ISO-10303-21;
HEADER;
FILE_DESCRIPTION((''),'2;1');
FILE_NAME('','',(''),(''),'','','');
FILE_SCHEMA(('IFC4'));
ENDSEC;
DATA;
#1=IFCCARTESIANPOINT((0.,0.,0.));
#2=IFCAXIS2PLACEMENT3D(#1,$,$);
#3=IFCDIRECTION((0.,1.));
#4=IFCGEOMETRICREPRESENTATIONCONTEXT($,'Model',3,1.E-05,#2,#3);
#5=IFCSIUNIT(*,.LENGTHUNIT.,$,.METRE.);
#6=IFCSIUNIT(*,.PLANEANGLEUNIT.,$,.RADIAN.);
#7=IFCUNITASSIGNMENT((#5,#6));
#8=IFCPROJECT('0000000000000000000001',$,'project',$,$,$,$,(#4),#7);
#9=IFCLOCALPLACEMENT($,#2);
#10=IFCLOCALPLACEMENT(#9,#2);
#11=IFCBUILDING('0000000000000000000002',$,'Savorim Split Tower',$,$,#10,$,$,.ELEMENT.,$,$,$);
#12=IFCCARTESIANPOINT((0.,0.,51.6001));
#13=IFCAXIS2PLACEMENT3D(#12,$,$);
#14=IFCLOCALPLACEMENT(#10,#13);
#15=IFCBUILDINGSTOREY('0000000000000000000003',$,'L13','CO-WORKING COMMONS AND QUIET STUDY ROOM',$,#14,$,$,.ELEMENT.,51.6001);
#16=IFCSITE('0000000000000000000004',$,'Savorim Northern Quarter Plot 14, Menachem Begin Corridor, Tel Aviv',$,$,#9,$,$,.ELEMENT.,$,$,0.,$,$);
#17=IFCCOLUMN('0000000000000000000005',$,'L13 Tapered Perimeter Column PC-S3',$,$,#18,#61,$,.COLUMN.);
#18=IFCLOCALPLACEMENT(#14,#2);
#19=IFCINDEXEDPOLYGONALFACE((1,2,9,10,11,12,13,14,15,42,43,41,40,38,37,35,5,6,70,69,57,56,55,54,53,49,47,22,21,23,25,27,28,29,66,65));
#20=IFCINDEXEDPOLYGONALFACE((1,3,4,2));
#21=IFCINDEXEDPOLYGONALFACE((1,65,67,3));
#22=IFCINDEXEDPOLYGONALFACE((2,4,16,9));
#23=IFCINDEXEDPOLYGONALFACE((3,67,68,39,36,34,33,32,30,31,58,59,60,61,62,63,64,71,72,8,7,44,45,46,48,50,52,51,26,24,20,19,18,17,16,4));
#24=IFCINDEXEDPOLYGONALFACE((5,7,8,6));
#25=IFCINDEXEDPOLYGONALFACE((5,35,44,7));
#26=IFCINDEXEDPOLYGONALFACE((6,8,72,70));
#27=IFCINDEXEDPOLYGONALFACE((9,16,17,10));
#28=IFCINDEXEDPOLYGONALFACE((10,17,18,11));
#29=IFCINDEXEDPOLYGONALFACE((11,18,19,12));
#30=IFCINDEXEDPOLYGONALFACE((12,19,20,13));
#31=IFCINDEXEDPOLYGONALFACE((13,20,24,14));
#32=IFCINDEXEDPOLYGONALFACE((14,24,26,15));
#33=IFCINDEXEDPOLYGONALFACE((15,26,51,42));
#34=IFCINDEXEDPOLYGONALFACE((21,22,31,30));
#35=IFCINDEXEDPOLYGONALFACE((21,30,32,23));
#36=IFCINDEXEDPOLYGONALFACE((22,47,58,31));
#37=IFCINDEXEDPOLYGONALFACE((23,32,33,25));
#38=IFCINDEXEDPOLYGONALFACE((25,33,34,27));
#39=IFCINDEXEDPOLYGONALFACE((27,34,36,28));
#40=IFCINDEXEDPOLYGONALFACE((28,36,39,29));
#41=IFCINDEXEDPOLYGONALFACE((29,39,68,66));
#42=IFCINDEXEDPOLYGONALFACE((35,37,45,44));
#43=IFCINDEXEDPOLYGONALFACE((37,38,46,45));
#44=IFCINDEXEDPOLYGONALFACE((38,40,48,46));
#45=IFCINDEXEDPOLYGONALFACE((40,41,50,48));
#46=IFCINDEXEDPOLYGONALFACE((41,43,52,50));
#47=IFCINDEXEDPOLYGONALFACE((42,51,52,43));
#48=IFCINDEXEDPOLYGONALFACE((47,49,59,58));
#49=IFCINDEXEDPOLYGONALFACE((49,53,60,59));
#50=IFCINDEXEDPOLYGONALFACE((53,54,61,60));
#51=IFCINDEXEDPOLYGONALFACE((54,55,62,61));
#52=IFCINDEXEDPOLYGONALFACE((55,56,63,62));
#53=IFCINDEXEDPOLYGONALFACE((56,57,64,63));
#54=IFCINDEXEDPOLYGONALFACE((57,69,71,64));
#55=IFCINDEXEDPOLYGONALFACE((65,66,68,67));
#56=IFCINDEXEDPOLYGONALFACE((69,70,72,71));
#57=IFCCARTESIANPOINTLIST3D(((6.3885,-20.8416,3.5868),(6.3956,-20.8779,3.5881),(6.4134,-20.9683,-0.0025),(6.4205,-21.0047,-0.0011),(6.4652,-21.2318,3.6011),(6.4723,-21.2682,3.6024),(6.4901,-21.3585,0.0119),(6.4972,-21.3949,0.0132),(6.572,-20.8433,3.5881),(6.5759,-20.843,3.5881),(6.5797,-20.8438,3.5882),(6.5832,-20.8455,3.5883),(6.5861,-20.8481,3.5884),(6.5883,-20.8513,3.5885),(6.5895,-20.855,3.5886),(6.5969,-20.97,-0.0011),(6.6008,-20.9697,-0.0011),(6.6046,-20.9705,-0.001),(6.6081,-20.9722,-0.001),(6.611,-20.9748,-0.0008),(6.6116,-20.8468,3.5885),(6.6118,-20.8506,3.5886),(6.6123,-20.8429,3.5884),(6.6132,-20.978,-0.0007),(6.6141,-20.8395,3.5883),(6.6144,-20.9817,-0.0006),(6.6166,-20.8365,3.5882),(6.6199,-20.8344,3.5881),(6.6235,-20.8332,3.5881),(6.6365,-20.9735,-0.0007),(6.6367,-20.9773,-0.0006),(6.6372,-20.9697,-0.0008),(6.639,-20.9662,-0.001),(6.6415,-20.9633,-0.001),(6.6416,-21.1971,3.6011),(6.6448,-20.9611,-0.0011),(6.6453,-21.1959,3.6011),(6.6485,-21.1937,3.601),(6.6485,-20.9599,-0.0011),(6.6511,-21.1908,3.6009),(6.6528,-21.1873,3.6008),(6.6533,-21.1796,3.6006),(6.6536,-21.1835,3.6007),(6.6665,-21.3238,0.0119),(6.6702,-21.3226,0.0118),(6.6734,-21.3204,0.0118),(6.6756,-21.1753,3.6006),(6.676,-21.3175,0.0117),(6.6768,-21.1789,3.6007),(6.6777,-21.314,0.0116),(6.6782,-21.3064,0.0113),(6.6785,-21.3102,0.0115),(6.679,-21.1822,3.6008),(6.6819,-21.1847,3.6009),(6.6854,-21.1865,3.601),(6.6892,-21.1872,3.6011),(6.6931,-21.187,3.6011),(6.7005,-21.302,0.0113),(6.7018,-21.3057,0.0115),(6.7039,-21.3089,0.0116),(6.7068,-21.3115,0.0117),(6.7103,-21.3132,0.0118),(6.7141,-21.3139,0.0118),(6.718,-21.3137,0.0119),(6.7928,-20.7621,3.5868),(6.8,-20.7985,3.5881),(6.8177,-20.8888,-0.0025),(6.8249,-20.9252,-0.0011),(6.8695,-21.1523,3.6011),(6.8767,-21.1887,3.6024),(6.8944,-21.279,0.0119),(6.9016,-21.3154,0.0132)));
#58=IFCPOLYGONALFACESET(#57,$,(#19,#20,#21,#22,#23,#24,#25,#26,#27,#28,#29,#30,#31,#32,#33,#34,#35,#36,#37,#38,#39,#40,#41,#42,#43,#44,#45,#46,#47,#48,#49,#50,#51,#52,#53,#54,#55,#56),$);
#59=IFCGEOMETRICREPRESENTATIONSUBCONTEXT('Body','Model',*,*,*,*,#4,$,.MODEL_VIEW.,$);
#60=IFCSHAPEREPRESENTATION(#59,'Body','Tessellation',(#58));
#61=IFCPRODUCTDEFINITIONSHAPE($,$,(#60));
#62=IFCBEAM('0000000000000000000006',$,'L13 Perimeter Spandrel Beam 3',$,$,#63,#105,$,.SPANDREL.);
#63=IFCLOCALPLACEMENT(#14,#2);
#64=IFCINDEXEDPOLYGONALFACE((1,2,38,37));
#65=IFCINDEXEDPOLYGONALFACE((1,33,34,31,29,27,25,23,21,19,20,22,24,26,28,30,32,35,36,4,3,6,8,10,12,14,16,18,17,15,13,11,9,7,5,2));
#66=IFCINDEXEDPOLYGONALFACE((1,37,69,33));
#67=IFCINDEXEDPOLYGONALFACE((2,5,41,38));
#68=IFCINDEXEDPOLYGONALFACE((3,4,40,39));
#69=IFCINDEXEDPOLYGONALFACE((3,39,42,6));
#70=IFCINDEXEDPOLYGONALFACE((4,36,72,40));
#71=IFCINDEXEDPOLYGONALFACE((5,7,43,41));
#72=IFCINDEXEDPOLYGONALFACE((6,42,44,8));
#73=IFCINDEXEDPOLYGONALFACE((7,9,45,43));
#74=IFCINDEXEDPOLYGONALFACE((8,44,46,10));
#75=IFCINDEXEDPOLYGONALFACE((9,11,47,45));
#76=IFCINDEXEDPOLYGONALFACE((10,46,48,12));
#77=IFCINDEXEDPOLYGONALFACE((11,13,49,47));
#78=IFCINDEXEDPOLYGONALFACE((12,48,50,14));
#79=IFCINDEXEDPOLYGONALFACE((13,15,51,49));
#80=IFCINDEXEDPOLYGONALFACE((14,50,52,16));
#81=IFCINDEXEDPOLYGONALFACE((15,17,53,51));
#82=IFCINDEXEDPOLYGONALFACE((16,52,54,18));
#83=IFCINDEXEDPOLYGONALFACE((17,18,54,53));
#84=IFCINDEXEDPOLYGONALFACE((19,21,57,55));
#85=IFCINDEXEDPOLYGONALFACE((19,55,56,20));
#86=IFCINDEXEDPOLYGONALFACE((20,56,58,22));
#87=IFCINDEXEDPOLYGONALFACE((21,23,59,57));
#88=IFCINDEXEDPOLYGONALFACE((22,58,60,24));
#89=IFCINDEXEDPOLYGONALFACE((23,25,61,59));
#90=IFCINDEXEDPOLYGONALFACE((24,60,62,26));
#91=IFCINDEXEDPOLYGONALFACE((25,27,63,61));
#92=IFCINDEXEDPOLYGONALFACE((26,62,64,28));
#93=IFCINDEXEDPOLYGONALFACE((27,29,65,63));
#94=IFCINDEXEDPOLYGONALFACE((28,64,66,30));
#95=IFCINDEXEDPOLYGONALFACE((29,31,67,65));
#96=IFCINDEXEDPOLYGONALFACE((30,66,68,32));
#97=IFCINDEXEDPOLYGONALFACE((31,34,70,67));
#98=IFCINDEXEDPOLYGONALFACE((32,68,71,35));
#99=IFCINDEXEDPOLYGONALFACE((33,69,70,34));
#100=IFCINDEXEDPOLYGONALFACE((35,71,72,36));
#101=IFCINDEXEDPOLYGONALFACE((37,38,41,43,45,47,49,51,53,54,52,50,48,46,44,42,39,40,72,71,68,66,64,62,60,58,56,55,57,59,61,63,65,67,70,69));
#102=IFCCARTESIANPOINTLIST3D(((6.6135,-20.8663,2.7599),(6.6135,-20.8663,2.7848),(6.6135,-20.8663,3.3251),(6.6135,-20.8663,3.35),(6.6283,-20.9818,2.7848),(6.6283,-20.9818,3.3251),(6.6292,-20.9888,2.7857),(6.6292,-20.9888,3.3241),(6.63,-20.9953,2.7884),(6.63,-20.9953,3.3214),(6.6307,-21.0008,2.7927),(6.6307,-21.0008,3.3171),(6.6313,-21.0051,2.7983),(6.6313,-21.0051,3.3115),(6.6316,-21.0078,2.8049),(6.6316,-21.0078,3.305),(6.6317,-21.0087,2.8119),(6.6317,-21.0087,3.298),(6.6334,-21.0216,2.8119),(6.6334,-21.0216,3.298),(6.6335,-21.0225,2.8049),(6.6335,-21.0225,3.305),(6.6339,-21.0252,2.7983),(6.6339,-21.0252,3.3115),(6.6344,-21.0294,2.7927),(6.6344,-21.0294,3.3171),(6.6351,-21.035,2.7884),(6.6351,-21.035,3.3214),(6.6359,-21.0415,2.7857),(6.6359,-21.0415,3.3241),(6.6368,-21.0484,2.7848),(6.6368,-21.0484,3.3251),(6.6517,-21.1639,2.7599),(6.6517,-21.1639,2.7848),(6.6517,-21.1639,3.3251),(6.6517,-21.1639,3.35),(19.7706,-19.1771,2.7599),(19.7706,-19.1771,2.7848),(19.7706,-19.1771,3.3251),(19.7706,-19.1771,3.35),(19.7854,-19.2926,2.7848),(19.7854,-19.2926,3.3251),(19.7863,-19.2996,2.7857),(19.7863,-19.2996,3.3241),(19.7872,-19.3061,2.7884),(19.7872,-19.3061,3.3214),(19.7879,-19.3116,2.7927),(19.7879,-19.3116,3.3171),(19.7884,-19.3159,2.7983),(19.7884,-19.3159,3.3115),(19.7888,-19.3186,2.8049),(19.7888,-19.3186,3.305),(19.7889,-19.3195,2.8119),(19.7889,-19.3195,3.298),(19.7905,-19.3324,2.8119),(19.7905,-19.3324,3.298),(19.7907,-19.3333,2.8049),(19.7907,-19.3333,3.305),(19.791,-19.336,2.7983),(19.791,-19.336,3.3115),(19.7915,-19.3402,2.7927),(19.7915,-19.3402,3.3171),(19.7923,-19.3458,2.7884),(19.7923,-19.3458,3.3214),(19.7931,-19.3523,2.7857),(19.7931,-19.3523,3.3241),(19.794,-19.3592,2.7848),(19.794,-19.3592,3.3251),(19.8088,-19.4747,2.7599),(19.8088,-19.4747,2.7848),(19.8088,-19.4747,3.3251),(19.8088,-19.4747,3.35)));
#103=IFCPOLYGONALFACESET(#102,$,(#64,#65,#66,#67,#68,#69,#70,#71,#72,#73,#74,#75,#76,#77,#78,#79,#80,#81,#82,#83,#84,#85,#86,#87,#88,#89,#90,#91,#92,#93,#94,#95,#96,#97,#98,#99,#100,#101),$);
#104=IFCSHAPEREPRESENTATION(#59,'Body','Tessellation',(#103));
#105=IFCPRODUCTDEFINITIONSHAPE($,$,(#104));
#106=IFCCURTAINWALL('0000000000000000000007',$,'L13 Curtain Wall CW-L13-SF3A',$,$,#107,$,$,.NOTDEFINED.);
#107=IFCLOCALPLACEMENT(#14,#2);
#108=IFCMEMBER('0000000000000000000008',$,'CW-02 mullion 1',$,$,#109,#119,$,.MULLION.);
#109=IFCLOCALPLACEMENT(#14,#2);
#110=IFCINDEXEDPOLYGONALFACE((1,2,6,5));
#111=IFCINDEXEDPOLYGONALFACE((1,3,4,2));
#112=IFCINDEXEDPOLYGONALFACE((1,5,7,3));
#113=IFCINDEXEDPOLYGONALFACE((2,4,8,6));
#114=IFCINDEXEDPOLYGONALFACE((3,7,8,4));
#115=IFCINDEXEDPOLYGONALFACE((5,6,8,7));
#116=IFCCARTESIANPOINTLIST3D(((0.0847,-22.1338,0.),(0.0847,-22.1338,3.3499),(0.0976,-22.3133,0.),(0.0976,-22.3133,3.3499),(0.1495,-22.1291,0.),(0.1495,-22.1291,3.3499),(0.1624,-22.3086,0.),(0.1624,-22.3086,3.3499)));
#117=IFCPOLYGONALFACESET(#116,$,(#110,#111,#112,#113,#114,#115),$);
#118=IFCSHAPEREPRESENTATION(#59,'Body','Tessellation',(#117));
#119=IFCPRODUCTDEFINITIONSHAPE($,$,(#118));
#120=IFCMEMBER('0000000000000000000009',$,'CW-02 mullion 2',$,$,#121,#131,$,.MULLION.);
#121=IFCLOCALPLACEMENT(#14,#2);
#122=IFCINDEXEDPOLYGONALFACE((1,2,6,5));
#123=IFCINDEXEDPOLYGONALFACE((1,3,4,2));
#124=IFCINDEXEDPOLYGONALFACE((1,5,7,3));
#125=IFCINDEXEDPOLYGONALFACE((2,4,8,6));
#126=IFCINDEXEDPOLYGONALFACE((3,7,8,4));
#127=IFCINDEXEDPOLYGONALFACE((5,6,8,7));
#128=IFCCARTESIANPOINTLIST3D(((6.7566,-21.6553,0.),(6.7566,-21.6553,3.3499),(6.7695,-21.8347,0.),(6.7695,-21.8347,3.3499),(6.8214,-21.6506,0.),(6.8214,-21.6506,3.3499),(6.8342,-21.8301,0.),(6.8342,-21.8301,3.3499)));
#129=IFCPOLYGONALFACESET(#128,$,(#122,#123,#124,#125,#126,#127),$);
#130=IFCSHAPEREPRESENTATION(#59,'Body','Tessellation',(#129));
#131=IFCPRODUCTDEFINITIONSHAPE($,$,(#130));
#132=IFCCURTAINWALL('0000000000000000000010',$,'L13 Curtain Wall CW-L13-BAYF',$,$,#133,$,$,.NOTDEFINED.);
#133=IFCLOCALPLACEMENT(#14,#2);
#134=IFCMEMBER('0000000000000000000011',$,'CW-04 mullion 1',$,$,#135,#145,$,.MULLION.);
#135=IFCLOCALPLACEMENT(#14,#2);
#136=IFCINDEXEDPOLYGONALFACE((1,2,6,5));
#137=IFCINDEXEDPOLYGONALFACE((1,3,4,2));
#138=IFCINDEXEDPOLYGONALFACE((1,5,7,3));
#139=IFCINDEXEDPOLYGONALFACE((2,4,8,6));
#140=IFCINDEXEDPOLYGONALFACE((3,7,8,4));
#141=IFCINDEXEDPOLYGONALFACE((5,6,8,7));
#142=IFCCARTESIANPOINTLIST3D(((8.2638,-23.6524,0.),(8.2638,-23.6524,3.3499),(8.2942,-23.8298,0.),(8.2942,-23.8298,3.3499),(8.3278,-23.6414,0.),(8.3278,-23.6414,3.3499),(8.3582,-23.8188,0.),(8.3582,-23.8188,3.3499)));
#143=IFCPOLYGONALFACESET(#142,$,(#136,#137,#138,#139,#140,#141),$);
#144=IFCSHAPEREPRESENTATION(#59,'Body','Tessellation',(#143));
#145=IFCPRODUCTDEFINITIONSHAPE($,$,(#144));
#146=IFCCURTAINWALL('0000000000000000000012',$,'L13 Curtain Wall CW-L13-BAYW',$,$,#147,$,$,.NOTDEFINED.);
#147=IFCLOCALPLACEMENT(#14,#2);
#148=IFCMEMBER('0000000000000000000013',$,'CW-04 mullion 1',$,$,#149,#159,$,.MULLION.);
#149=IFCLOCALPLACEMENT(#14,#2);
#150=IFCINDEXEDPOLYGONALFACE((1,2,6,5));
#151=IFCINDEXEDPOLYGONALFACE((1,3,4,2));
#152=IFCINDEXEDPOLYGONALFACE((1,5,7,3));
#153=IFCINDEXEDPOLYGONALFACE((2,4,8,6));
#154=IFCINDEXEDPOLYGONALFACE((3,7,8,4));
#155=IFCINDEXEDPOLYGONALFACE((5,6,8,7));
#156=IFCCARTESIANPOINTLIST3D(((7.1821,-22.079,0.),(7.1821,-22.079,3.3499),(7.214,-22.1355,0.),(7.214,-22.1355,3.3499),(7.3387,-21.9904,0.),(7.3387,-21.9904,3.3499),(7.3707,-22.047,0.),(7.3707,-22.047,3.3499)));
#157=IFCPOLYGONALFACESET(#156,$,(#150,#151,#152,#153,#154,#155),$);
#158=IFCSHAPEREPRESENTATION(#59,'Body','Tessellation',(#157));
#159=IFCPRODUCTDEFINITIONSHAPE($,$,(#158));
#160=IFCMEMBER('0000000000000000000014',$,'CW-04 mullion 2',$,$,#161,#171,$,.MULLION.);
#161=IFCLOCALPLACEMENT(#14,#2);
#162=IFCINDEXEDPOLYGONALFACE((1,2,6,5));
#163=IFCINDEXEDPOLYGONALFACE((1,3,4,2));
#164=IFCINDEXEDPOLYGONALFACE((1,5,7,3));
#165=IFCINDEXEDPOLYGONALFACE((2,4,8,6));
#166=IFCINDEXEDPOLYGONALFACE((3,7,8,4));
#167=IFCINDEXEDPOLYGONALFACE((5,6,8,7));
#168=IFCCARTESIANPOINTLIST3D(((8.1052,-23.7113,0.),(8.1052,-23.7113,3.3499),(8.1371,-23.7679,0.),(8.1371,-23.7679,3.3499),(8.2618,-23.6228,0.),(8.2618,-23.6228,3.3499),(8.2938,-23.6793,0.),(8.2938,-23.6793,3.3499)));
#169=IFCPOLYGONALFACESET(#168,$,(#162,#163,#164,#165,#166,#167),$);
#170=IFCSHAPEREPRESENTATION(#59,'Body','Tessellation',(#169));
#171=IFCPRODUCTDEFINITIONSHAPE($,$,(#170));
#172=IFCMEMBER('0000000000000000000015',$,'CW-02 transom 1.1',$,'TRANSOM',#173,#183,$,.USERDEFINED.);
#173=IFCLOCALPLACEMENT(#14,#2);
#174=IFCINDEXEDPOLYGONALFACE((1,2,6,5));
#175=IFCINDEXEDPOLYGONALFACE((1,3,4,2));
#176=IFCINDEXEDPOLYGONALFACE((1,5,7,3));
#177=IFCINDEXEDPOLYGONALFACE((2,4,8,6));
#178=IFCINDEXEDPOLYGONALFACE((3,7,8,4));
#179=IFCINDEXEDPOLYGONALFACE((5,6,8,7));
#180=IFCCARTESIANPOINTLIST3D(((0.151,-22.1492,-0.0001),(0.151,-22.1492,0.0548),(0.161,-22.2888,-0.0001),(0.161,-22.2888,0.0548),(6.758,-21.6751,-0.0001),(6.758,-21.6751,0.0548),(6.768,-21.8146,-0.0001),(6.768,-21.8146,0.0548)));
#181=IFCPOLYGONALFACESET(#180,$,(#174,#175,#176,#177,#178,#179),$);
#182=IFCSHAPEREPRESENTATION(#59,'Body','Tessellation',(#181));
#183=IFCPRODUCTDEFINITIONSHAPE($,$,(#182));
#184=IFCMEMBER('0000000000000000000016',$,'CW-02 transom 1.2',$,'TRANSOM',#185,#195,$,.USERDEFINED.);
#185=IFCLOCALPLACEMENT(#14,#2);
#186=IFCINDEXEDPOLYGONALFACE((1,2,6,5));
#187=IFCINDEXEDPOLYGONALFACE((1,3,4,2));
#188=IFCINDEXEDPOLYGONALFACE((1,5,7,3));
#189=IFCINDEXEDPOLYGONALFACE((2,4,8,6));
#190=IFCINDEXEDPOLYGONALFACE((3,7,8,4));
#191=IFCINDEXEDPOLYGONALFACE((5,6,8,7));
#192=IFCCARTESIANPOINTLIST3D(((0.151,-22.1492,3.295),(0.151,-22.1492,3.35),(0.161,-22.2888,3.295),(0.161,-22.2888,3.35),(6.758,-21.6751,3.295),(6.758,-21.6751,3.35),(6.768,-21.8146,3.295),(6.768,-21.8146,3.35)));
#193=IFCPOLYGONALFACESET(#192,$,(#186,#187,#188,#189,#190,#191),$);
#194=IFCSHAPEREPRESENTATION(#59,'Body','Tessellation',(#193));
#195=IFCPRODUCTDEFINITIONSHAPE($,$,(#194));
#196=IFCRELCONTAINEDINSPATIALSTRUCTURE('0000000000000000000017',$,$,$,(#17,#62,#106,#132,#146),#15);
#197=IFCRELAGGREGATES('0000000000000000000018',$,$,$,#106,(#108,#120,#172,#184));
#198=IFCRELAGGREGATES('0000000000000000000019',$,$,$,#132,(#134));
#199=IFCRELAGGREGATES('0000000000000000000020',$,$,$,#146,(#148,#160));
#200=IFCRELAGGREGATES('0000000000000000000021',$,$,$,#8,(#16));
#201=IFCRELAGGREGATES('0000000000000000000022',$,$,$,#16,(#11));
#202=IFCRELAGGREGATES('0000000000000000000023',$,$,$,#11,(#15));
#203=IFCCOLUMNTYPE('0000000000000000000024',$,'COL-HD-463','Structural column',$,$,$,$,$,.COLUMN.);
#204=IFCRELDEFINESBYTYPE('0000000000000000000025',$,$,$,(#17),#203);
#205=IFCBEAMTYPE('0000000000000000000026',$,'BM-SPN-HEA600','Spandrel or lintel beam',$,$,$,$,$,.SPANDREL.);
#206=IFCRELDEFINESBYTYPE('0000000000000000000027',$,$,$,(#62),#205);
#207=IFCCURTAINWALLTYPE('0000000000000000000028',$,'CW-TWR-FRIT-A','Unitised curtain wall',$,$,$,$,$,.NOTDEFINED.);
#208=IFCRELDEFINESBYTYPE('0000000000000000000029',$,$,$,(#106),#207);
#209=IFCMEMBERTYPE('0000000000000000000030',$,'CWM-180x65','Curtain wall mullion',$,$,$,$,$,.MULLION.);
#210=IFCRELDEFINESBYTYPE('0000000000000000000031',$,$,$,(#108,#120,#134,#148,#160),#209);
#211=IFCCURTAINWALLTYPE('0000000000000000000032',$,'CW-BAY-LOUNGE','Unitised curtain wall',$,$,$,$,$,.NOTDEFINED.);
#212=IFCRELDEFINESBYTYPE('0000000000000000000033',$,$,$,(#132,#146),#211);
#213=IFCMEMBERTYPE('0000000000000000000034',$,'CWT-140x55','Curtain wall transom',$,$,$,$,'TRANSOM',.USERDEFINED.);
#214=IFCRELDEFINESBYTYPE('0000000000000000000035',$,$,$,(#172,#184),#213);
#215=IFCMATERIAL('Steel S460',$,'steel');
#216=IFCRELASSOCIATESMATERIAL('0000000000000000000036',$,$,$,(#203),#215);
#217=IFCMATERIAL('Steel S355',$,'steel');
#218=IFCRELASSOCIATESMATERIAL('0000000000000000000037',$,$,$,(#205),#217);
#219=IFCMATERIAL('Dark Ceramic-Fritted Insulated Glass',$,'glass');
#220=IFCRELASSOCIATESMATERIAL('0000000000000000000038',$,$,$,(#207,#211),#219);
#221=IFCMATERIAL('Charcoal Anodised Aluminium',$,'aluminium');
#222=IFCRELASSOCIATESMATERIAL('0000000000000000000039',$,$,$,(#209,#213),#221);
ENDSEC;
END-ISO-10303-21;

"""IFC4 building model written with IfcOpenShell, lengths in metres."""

from ifc_helpers import new_model, si_unit, direction, frame, origin, origin_2d, place, context, subcontext, project, spatial, rectangle, i_section, extrude, material, material_profile, profile_set, type_object, element, aggregate, save


model = new_model("IFC4")

# Units and contexts
model_context = context("Model", 3, precision=1e-05, world=origin(), true_north=direction((0.0, 1.0)))
body_context = subcontext(model_context, "Body", "Model", "MODEL_VIEW")
ifc_project = project(units=[si_unit("LENGTHUNIT", "METRE"), si_unit("PLANEANGLEUNIT", "RADIAN")], contexts=[model_context])

# Site, building, storey
site_placement = place(None, origin())
site = spatial("IfcSite", under=ifc_project, at=site_placement, Name="Savorim Northern Quarter Plot 14, Menachem Begin Corridor, Tel Aviv", CompositionType="ELEMENT", RefElevation=0.0)
building_placement = place(site_placement, origin())
building = spatial("IfcBuilding", under=site, at=building_placement, Name="Savorim Split Tower", CompositionType="ELEMENT")
storey_placement = place(building_placement, frame((0.0, 0.0, 51.6001)))
storey = spatial("IfcBuildingStorey", under=building, at=storey_placement, Name="L13", Description="CO-WORKING COMMONS AND QUIET STUDY ROOM", CompositionType="ELEMENT", Elevation=51.6001)

# Column
ifc_material_1 = material(Name="Steel S460", Category="steel")
ifc_material_profile_1 = material_profile(ifc_material_1, i_section(OverallWidth=0.4121, OverallDepth=0.4351, WebThickness=0.0227, FlangeThickness=0.0371, FilletRadius=0.0149, at=origin_2d()), Name="HD 400x463")
ifc_profile_set_1 = profile_set([ifc_material_profile_1], Name="Steel S460")
column_type = type_object("IfcColumnType", Name="COL-HD-463", Description="Structural column", PredefinedType="COLUMN", material=ifc_profile_set_1)
column_placement = place(storey_placement, frame((6.6575, -21.1418, 0.0054), z_axis=(-0.006934, 0.035281, 0.999353), x_axis=(-0.98123, -0.192843, 0.0)))
element("IfcColumn", 1, at=column_placement, inside=storey, type_object=column_type, Name="L13 Tapered Perimeter Column PC-S3", PredefinedType="COLUMN", context=body_context, shape_type="SweptSolid", body=[
    extrude(i_section(OverallWidth=0.4121, OverallDepth=0.4351, WebThickness=0.0227, FlangeThickness=0.0371, FilletRadius=0.0149, at=origin_2d()), origin(), (0.0, 0.0, 1.0), 3.5916),
])

# Beam
ifc_material_2 = material(Name="Steel S355", Category="steel")
ifc_material_profile_2 = material_profile(ifc_material_2, i_section(OverallWidth=0.3, OverallDepth=0.5901, WebThickness=0.0129, FlangeThickness=0.0249, FilletRadius=0.0271, at=origin_2d()), Name="HEA 600")
ifc_profile_set_2 = profile_set([ifc_material_profile_2], Name="Steel S355")
beam_type = type_object("IfcBeamType", Name="BM-SPN-HEA600", Description="Spandrel or lintel beam", PredefinedType="SPANDREL", material=ifc_profile_set_2)
beam_placement = place(storey_placement, frame((6.6326, -21.0151, 3.0549), z_axis=(0.991859, 0.127341, 0.0), x_axis=(-0.127341, 0.991859, 0.0)))
element("IfcBeam", 2, at=beam_placement, inside=storey, type_object=beam_type, Name="L13 Perimeter Spandrel Beam 3", PredefinedType="SPANDREL", context=body_context, shape_type="SweptSolid", body=[
    extrude(i_section(OverallWidth=0.3, OverallDepth=0.5901, WebThickness=0.0129, FlangeThickness=0.0249, FilletRadius=0.0271, at=origin_2d()), origin(), (0.0, 0.0, 1.0), 13.2651),
])

# Curtain wall, members
ifc_material_3 = material(Name="Dark Ceramic-Fritted Insulated Glass", Category="glass")
curtain_wall_type_1 = type_object("IfcCurtainWallType", Name="CW-TWR-FRIT-A", Description="Unitised curtain wall", PredefinedType="NOTDEFINED", material=ifc_material_3)
curtain_wall_1_placement = place(storey_placement, origin())
curtain_wall_1 = element("IfcCurtainWall", 3, at=curtain_wall_1_placement, inside=storey, type_object=curtain_wall_type_1, Name="L13 Curtain Wall CW-L13-SF3A", PredefinedType="NOTDEFINED")
ifc_material_4 = material(Name="Charcoal Anodised Aluminium", Category="aluminium")
ifc_material_profile_3 = material_profile(ifc_material_4, rectangle(XDim=0.1799, YDim=0.0649, at=origin_2d()), Name="ALU-M 180x65")
ifc_profile_set_3 = profile_set([ifc_material_profile_3], Name="Charcoal Anodised Aluminium")
member_type_1 = type_object("IfcMemberType", Name="CWM-180x65", Description="Curtain wall mullion", PredefinedType="MULLION", material=ifc_profile_set_3)
member_1_placement = place(storey_placement, frame((0.1235, -22.2212, 0.0), z_axis=(0.0, 0.0, 1.0), x_axis=(-0.071559, 0.997436, 0.0)))
member_1 = element("IfcMember", 4, at=member_1_placement, type_object=member_type_1, Name="CW-02 mullion 1", PredefinedType="MULLION", context=body_context, shape_type="SweptSolid", body=[
    extrude(rectangle(XDim=0.1799, YDim=0.0649, at=origin_2d()), origin(), (0.0, 0.0, 1.0), 3.3499),
])
member_2_placement = place(storey_placement, frame((6.7954, -21.7427, 0.0), z_axis=(0.0, 0.0, 1.0), x_axis=(-0.071559, 0.997436, 0.0)))
member_2 = element("IfcMember", 5, at=member_2_placement, type_object=member_type_1, Name="CW-02 mullion 2", PredefinedType="MULLION", context=body_context, shape_type="SweptSolid", body=[
    extrude(rectangle(XDim=0.1799, YDim=0.0649, at=origin_2d()), origin(), (0.0, 0.0, 1.0), 3.3499),
])

# Curtain wall, member
curtain_wall_type_2 = type_object("IfcCurtainWallType", Name="CW-BAY-LOUNGE", Description="Unitised curtain wall", PredefinedType="NOTDEFINED", material=ifc_material_3)
curtain_wall_2_placement = place(storey_placement, origin())
curtain_wall_2 = element("IfcCurtainWall", 6, at=curtain_wall_2_placement, inside=storey, type_object=curtain_wall_type_2, Name="L13 Curtain Wall CW-L13-BAYF", PredefinedType="NOTDEFINED")
member_3_placement = place(storey_placement, frame((8.311, -23.7356, 0.0), z_axis=(0.0, 0.0, 1.0), x_axis=(-0.168923, 0.985629, 0.0)))
member_3 = element("IfcMember", 7, at=member_3_placement, type_object=member_type_1, Name="CW-04 mullion 1", PredefinedType="MULLION", context=body_context, shape_type="SweptSolid", body=[
    extrude(rectangle(XDim=0.1799, YDim=0.0649, at=origin_2d()), origin(), (0.0, 0.0, 1.0), 3.3499),
])

# Curtain wall, members
curtain_wall_3_placement = place(storey_placement, origin())
curtain_wall_3 = element("IfcCurtainWall", 8, at=curtain_wall_3_placement, inside=storey, type_object=curtain_wall_type_2, Name="L13 Curtain Wall CW-L13-BAYW", PredefinedType="NOTDEFINED")
member_4_placement = place(storey_placement, frame((7.2764, -22.063, 0.0), z_axis=(0.0, 0.0, 1.0), x_axis=(0.870449, 0.492259, 0.0)))
member_4 = element("IfcMember", 9, at=member_4_placement, type_object=member_type_1, Name="CW-04 mullion 1", PredefinedType="MULLION", context=body_context, shape_type="SweptSolid", body=[
    extrude(rectangle(XDim=0.1799, YDim=0.0649, at=origin_2d()), origin(), (0.0, 0.0, 1.0), 3.3499),
])
member_5_placement = place(storey_placement, frame((8.1995, -23.6953, 0.0), z_axis=(0.0, 0.0, 1.0), x_axis=(0.870449, 0.492259, 0.0)))
member_5 = element("IfcMember", 10, at=member_5_placement, type_object=member_type_1, Name="CW-04 mullion 2", PredefinedType="MULLION", context=body_context, shape_type="SweptSolid", body=[
    extrude(rectangle(XDim=0.1799, YDim=0.0649, at=origin_2d()), origin(), (0.0, 0.0, 1.0), 3.3499),
])

# Members
ifc_material_profile_4 = material_profile(ifc_material_4, rectangle(XDim=0.1399, YDim=0.0549, at=origin_2d()), Name="ALU-T 140x55")
ifc_profile_set_4 = profile_set([ifc_material_profile_4], Name="Charcoal Anodised Aluminium")
member_type_2 = type_object("IfcMemberType", Name="CWT-140x55", Description="Curtain wall transom", ElementType="TRANSOM", PredefinedType="USERDEFINED", material=ifc_profile_set_4)
member_6_placement = place(storey_placement, frame((0.156, -22.219, 0.0273), z_axis=(0.997435, 0.071577, 0.0), x_axis=(-0.071577, 0.997435, 0.0)))
member_6 = element("IfcMember", 11, at=member_6_placement, type_object=member_type_2, Name="CW-02 transom 1.1", ObjectType="TRANSOM", PredefinedType="USERDEFINED", context=body_context, shape_type="SweptSolid", body=[
    extrude(rectangle(XDim=0.1399, YDim=0.0549, at=origin_2d()), origin(), (0.0, 0.0, 1.0), 6.624),
])
member_7_placement = place(storey_placement, frame((0.156, -22.219, 3.3225), z_axis=(0.997435, 0.071577, 0.0), x_axis=(-0.071577, 0.997435, 0.0)))
member_7 = element("IfcMember", 12, at=member_7_placement, type_object=member_type_2, Name="CW-02 transom 1.2", ObjectType="TRANSOM", PredefinedType="USERDEFINED", context=body_context, shape_type="SweptSolid", body=[
    extrude(rectangle(XDim=0.1399, YDim=0.0549, at=origin_2d()), origin(), (0.0, 0.0, 1.0), 6.624),
])

aggregate(curtain_wall_1, [member_1, member_2, member_6, member_7])
aggregate(curtain_wall_2, [member_3])
aggregate(curtain_wall_3, [member_4, member_5])

save(model, "model.ifc")
